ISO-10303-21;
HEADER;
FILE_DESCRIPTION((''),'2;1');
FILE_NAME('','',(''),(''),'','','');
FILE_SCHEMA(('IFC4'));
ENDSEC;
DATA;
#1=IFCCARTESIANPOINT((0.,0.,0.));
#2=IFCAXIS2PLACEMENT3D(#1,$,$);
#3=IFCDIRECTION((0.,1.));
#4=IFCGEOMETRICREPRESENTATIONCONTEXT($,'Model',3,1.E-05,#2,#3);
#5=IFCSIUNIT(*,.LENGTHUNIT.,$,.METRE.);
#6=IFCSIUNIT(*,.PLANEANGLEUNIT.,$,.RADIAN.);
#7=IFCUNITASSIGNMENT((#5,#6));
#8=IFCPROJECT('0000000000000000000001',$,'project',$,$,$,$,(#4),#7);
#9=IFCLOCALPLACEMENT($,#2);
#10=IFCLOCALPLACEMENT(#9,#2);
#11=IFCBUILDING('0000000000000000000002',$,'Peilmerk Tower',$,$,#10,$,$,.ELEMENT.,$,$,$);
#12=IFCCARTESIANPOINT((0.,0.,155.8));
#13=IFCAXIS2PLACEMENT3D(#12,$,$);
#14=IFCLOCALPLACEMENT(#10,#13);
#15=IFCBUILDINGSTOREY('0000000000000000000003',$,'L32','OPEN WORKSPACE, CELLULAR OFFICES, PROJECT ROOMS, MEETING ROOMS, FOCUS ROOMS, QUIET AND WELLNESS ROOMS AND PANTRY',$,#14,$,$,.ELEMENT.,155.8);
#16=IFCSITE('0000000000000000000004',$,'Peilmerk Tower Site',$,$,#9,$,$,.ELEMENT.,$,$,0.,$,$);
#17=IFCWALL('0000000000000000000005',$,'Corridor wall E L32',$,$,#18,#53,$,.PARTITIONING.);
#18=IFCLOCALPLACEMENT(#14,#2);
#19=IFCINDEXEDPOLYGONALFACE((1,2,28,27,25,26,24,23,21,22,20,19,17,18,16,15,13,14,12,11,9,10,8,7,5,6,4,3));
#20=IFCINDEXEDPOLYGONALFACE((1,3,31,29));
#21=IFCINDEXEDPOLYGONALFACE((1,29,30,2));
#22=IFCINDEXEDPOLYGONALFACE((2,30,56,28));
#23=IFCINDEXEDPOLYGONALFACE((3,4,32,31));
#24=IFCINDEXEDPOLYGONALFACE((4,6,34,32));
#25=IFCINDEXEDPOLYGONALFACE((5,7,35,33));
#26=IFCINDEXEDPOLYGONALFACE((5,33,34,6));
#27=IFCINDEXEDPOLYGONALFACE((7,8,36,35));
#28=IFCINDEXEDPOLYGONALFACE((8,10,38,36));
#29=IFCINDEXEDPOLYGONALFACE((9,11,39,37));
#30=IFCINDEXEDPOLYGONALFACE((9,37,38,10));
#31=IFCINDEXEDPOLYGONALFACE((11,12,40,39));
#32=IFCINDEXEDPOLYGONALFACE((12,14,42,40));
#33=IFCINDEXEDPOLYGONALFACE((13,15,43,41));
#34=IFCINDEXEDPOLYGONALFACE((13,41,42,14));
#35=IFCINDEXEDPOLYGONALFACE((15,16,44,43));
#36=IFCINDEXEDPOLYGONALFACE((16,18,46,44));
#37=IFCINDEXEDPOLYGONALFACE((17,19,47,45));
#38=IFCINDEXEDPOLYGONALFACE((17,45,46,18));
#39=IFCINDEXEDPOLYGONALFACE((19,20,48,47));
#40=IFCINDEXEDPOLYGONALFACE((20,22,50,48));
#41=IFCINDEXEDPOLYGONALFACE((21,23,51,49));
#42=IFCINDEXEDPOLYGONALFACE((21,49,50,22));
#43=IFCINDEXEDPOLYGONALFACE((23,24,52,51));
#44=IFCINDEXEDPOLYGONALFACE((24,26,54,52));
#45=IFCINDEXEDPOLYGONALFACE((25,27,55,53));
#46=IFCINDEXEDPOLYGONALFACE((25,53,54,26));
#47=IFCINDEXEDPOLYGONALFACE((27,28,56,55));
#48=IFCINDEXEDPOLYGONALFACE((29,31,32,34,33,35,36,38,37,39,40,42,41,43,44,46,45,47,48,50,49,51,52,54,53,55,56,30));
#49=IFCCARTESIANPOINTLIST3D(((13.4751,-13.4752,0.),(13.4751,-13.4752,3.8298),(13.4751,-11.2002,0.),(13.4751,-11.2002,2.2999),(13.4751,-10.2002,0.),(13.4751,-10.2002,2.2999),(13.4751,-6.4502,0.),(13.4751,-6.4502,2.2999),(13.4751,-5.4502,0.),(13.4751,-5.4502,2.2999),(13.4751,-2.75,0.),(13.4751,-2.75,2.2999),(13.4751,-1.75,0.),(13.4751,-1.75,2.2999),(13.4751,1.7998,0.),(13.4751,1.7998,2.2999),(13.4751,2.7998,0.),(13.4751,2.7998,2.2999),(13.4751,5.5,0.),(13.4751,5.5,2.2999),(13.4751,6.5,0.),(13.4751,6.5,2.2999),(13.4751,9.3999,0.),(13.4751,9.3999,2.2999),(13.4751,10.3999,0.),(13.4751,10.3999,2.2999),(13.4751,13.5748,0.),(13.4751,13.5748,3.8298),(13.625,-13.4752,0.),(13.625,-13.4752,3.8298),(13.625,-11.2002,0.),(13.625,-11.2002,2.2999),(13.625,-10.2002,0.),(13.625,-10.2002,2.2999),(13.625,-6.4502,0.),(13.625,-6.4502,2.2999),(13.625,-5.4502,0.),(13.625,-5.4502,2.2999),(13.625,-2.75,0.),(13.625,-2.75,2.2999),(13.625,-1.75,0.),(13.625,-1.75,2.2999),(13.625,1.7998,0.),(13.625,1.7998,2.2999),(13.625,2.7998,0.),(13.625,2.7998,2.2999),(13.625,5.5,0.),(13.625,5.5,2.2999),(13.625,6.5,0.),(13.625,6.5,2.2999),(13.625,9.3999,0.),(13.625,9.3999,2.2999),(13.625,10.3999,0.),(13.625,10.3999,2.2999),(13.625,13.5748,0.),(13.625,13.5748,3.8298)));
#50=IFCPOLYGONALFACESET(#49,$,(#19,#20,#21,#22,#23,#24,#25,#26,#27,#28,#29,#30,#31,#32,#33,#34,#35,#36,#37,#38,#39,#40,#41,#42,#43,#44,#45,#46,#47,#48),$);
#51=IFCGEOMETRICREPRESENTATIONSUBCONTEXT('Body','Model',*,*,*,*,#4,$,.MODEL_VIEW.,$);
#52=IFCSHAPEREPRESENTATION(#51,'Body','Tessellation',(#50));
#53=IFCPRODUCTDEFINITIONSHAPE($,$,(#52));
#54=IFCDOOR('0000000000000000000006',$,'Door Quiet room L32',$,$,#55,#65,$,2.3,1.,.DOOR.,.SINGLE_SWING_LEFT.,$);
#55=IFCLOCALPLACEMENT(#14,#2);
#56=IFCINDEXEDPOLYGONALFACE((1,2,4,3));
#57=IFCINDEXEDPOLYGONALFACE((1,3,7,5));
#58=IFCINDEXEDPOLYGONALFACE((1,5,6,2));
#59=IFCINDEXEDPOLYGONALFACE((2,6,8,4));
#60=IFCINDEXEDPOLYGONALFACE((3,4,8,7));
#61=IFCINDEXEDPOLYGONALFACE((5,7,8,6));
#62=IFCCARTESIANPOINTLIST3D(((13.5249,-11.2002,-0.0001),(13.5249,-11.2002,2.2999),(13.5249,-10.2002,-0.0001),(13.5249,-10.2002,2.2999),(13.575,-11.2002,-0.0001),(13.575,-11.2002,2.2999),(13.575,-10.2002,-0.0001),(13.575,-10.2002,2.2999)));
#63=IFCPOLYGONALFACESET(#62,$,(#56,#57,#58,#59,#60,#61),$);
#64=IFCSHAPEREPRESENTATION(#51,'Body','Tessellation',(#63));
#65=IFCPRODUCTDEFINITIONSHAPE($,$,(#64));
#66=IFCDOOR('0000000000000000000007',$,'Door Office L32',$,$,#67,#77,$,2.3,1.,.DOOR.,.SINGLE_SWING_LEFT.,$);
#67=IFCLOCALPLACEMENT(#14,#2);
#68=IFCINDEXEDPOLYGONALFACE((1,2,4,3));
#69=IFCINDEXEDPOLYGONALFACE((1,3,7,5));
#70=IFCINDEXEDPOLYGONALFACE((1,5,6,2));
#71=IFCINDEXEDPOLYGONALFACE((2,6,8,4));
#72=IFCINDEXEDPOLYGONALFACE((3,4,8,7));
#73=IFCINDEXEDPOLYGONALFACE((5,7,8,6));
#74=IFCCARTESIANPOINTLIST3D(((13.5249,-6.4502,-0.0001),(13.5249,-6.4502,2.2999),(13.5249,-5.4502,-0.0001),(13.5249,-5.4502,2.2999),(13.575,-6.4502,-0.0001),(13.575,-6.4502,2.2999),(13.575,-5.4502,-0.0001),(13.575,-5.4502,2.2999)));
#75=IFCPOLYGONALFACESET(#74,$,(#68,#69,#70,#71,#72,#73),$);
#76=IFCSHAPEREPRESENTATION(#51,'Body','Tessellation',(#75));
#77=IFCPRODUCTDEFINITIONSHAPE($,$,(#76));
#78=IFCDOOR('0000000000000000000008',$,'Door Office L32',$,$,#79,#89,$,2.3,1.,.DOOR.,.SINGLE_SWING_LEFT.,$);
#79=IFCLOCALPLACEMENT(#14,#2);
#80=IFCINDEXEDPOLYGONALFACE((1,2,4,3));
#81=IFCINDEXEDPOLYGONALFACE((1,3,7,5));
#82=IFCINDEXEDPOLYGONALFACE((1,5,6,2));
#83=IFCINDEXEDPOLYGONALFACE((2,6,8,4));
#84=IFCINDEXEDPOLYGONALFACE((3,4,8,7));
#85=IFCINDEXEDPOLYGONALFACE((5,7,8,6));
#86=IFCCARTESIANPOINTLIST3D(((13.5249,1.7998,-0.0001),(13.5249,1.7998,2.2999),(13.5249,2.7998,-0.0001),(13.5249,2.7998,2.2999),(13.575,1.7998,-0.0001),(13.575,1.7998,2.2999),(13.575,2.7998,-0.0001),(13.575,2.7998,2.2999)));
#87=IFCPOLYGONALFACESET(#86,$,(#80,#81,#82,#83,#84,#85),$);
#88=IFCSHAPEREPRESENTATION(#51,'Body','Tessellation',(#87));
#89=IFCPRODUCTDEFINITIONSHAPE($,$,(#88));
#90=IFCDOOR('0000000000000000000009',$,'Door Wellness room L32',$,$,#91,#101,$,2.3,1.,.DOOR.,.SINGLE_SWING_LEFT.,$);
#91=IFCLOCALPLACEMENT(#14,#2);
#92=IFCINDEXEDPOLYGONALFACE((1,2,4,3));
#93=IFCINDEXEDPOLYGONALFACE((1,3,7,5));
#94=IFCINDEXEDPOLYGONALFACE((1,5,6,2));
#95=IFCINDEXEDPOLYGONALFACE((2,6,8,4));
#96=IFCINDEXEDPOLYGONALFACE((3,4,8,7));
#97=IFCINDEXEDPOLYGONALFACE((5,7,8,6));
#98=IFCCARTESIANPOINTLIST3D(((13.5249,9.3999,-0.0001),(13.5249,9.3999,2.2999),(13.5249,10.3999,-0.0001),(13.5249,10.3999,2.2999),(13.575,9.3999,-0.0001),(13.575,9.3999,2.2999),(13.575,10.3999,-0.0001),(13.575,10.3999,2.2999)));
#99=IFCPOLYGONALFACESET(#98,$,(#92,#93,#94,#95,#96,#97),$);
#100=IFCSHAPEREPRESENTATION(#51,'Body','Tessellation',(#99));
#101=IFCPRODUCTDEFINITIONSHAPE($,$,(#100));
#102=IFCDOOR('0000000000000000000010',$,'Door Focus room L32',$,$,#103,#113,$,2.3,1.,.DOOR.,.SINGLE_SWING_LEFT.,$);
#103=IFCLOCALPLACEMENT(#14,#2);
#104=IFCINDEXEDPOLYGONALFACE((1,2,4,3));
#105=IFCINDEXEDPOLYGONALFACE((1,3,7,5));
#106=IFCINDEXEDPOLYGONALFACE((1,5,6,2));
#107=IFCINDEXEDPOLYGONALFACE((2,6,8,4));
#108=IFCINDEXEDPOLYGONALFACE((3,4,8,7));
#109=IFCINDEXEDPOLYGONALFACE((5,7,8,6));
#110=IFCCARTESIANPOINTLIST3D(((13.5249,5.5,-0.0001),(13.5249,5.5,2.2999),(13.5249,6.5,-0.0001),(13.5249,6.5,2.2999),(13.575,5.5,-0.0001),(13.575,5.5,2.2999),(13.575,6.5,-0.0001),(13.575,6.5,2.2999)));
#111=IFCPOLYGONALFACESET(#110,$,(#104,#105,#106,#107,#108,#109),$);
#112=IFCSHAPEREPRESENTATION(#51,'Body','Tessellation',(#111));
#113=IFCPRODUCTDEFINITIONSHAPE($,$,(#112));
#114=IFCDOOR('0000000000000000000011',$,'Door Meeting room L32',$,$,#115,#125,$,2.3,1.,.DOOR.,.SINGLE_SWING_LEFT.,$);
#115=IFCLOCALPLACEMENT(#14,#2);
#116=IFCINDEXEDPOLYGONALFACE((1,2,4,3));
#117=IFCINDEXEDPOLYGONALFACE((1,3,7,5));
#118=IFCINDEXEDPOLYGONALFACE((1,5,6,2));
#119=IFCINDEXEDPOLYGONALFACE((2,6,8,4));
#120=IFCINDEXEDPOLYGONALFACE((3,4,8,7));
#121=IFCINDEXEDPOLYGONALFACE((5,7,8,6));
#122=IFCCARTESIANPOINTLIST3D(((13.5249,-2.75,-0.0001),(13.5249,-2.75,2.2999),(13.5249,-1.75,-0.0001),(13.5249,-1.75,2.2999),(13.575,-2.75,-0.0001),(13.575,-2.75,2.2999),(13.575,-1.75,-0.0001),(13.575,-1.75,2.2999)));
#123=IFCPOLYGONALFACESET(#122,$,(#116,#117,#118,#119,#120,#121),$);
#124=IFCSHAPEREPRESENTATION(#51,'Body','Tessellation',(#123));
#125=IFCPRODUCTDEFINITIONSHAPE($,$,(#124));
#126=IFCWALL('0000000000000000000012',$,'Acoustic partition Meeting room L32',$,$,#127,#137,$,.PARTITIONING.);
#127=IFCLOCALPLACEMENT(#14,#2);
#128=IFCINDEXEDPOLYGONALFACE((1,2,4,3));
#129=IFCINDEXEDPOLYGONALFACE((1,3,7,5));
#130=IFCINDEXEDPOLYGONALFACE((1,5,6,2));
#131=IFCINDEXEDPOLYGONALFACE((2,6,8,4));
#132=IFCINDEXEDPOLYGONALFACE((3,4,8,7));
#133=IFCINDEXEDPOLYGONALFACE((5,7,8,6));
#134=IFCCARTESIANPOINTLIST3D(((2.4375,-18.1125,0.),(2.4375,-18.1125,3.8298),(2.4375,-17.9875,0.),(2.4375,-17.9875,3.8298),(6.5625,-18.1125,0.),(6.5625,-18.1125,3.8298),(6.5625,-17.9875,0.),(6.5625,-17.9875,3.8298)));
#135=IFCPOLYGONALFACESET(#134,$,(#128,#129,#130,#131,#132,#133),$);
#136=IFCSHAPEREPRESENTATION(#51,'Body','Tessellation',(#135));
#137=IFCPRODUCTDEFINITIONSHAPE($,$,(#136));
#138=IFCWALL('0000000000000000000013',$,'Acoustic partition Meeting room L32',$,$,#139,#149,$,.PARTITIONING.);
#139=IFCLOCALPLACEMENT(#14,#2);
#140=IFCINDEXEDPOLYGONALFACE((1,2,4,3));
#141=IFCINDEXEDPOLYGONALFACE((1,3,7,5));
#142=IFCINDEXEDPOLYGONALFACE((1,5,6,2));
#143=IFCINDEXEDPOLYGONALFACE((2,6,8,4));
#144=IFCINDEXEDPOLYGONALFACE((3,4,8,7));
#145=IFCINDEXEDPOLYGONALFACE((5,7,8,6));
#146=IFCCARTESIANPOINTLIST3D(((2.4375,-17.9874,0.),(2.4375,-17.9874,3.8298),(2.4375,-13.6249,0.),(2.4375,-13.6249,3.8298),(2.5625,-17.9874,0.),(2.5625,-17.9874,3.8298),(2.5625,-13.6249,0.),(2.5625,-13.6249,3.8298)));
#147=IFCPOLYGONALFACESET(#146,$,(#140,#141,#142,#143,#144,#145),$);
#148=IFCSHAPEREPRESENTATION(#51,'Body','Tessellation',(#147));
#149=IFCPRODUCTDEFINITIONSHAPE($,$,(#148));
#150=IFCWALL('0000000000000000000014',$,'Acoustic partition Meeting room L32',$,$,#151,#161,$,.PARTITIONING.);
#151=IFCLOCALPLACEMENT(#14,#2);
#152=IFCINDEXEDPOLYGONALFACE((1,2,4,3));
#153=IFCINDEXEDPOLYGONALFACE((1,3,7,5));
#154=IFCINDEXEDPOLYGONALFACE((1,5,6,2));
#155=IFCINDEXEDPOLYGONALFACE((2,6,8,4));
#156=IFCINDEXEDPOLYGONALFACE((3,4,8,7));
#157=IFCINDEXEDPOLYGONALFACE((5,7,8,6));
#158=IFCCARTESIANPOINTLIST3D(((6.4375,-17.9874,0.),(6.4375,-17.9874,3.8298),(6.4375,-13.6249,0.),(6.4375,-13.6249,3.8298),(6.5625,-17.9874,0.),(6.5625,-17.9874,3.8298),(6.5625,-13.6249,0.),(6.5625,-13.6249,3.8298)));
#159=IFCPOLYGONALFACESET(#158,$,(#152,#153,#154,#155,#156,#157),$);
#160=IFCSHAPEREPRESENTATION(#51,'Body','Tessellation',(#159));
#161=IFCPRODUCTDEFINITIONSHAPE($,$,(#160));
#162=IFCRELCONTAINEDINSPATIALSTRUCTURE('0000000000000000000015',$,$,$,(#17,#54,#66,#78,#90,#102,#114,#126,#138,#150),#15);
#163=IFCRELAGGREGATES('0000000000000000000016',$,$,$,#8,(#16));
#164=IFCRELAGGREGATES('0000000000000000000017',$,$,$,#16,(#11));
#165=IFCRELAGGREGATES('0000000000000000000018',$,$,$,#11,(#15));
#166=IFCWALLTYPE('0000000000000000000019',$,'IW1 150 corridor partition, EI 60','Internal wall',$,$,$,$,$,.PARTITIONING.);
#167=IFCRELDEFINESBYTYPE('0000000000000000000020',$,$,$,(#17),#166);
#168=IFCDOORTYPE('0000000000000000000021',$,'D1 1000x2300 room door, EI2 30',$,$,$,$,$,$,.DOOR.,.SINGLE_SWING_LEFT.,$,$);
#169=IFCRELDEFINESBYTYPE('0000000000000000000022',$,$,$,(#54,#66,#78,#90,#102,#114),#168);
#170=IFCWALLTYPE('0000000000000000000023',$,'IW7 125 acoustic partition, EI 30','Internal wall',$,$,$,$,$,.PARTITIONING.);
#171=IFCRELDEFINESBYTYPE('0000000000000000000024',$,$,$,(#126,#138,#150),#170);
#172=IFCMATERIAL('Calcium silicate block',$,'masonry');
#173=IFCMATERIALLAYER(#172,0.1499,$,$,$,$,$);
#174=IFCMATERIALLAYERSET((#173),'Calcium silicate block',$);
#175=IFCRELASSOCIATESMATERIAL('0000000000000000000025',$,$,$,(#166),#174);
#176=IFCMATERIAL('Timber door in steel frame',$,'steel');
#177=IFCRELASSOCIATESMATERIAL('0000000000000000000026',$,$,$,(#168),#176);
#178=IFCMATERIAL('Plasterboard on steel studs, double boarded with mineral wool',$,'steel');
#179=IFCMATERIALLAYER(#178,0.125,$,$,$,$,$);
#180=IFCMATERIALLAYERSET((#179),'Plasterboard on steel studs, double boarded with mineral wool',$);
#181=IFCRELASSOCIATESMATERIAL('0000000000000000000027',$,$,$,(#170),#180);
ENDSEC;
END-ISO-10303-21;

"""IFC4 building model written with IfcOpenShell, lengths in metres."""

from ifc_helpers import new_model, si_unit, direction, frame, frame_2d, origin, place, context, subcontext, project, spatial, rectangle, extrude, material, layer, layer_set, type_object, element, fill, save


model = new_model("IFC4")

# Units and contexts
model_context = context("Model", 3, precision=1e-05, world=origin(), true_north=direction((0.0, 1.0)))
body_context = subcontext(model_context, "Body", "Model", "MODEL_VIEW")
ifc_project = project(units=[si_unit("LENGTHUNIT", "METRE"), si_unit("PLANEANGLEUNIT", "RADIAN")], contexts=[model_context])

# Site, building, storey
site_placement = place(None, origin())
site = spatial("IfcSite", under=ifc_project, at=site_placement, Name="Peilmerk Tower Site", CompositionType="ELEMENT", RefElevation=0.0)
building_placement = place(site_placement, origin())
building = spatial("IfcBuilding", under=site, at=building_placement, Name="Peilmerk Tower", CompositionType="ELEMENT")
storey_placement = place(building_placement, frame((0.0, 0.0, 155.8)))
storey = spatial("IfcBuildingStorey", under=building, at=storey_placement, Name="L32", Description="OPEN WORKSPACE, CELLULAR OFFICES, PROJECT ROOMS, MEETING ROOMS, FOCUS ROOMS, QUIET AND WELLNESS ROOMS AND PANTRY", CompositionType="ELEMENT", Elevation=155.8)

# Wall, openings, doors
ifc_material_1 = material(Name="Calcium silicate block", Category="masonry")
ifc_layer_1 = layer(ifc_material_1, 0.1499)
ifc_layer_set_1 = layer_set([ifc_layer_1], Name="Calcium silicate block")
wall_type_1 = type_object("IfcWallType", Name="IW1 150 corridor partition, EI 60", Description="Internal wall", PredefinedType="PARTITIONING", material=ifc_layer_set_1)
ifc_material_2 = material(Name="Timber door in steel frame", Category="steel")
door_type = type_object("IfcDoorType", Name="D1 1000x2300 room door, EI2 30", OperationType="SINGLE_SWING_LEFT", PredefinedType="DOOR", material=ifc_material_2)
wall_1_placement = place(storey_placement, frame((13.55, -13.4751, 0.0), z_axis=(0.0, 0.0, 1.0), x_axis=(0.0, 1.0, 0.0)))
wall_1 = element("IfcWall", 1, at=wall_1_placement, inside=storey, type_object=wall_type_1, Name="Corridor wall E L32", PredefinedType="PARTITIONING", context=body_context, shape_type="SweptSolid", body=[
    extrude(rectangle(XDim=27.05, YDim=0.1499, at=frame_2d((13.5249, 0.0))), origin(), (0.0, 0.0, 1.0), 3.8298),
])
opening_1_placement = place(wall_1_placement, frame((2.2749, 0.0, 0.0)))
opening_1 = element("IfcOpeningElement", 2, at=opening_1_placement, cuts=wall_1, PredefinedType="OPENING", context=body_context, shape_type="SweptSolid", body=[
    extrude(rectangle(XDim=1.0, YDim=2.3, at=frame_2d((0.5, 1.1499))), frame((0.0, 0.085, 0.0), z_axis=(0.0, -1.0, 0.0), x_axis=(1.0, 0.0, 0.0)), (0.0, 0.0, 1.0), 0.1699),
])
opening_2_placement = place(wall_1_placement, frame((7.0249, 0.0, 0.0)))
opening_2 = element("IfcOpeningElement", 3, at=opening_2_placement, cuts=wall_1, PredefinedType="OPENING", context=body_context, shape_type="SweptSolid", body=[
    extrude(rectangle(XDim=1.0, YDim=2.3, at=frame_2d((0.5, 1.1499))), frame((0.0, 0.085, 0.0), z_axis=(0.0, -1.0, 0.0), x_axis=(1.0, 0.0, 0.0)), (0.0, 0.0, 1.0), 0.1699),
])
opening_3_placement = place(wall_1_placement, frame((15.2749, 0.0, 0.0)))
opening_3 = element("IfcOpeningElement", 4, at=opening_3_placement, cuts=wall_1, PredefinedType="OPENING", context=body_context, shape_type="SweptSolid", body=[
    extrude(rectangle(XDim=1.0, YDim=2.3, at=frame_2d((0.5, 1.1499))), frame((0.0, 0.085, 0.0), z_axis=(0.0, -1.0, 0.0), x_axis=(1.0, 0.0, 0.0)), (0.0, 0.0, 1.0), 0.1699),
])
opening_4_placement = place(wall_1_placement, frame((22.875, 0.0, 0.0)))
opening_4 = element("IfcOpeningElement", 5, at=opening_4_placement, cuts=wall_1, PredefinedType="OPENING", context=body_context, shape_type="SweptSolid", body=[
    extrude(rectangle(XDim=1.0, YDim=2.3, at=frame_2d((0.5, 1.1499))), frame((0.0, 0.085, 0.0), z_axis=(0.0, -1.0, 0.0), x_axis=(1.0, 0.0, 0.0)), (0.0, 0.0, 1.0), 0.1699),
])
opening_5_placement = place(wall_1_placement, frame((18.9751, 0.0, 0.0)))
opening_5 = element("IfcOpeningElement", 6, at=opening_5_placement, cuts=wall_1, PredefinedType="OPENING", context=body_context, shape_type="SweptSolid", body=[
    extrude(rectangle(XDim=1.0, YDim=2.3, at=frame_2d((0.5, 1.1499))), frame((0.0, 0.085, 0.0), z_axis=(0.0, -1.0, 0.0), x_axis=(1.0, 0.0, 0.0)), (0.0, 0.0, 1.0), 0.1699),
])
opening_6_placement = place(wall_1_placement, frame((10.7251, 0.0, 0.0)))
opening_6 = element("IfcOpeningElement", 7, at=opening_6_placement, cuts=wall_1, PredefinedType="OPENING", context=body_context, shape_type="SweptSolid", body=[
    extrude(rectangle(XDim=1.0, YDim=2.3, at=frame_2d((0.5, 1.1499))), frame((0.0, 0.085, 0.0), z_axis=(0.0, -1.0, 0.0), x_axis=(1.0, 0.0, 0.0)), (0.0, 0.0, 1.0), 0.1699),
])
door_1_placement = place(opening_1_placement, frame((1.0, 0.0, 0.0), z_axis=(0.0, 0.0, 1.0), x_axis=(-1.0, 0.0, 0.0)))
door_1 = element("IfcDoor", 8, at=door_1_placement, inside=storey, type_object=door_type, Name="Door Quiet room L32", OperationType="SINGLE_SWING_LEFT", OverallHeight=2.3, OverallWidth=1.0, PredefinedType="DOOR", context=body_context, shape_type="SweptSolid", body=[
    extrude(rectangle(XDim=1.0, YDim=2.3, at=frame_2d((0.5, 1.1499))), frame((0.0, 0.0249, 0.0), z_axis=(0.0, -1.0, 0.0), x_axis=(1.0, 0.0, 0.0)), (0.0, 0.0, 1.0), 0.05),
])
fill(opening_1, door_1)
door_2_placement = place(opening_2_placement, frame((1.0, 0.0, 0.0), z_axis=(0.0, 0.0, 1.0), x_axis=(-1.0, 0.0, 0.0)))
door_2 = element("IfcDoor", 9, at=door_2_placement, inside=storey, type_object=door_type, Name="Door Office L32", OperationType="SINGLE_SWING_LEFT", OverallHeight=2.3, OverallWidth=1.0, PredefinedType="DOOR", context=body_context, shape_type="SweptSolid", body=[
    extrude(rectangle(XDim=1.0, YDim=2.3, at=frame_2d((0.5, 1.1499))), frame((0.0, 0.0249, 0.0), z_axis=(0.0, -1.0, 0.0), x_axis=(1.0, 0.0, 0.0)), (0.0, 0.0, 1.0), 0.05),
])
fill(opening_2, door_2)
door_3_placement = place(opening_3_placement, frame((1.0, 0.0, 0.0), z_axis=(0.0, 0.0, 1.0), x_axis=(-1.0, 0.0, 0.0)))
door_3 = element("IfcDoor", 10, at=door_3_placement, inside=storey, type_object=door_type, Name="Door Office L32", OperationType="SINGLE_SWING_LEFT", OverallHeight=2.3, OverallWidth=1.0, PredefinedType="DOOR", context=body_context, shape_type="SweptSolid", body=[
    extrude(rectangle(XDim=1.0, YDim=2.3, at=frame_2d((0.5, 1.1499))), frame((0.0, 0.0249, 0.0), z_axis=(0.0, -1.0, 0.0), x_axis=(1.0, 0.0, 0.0)), (0.0, 0.0, 1.0), 0.05),
])
fill(opening_3, door_3)
door_4_placement = place(opening_4_placement, frame((1.0, 0.0, 0.0), z_axis=(0.0, 0.0, 1.0), x_axis=(-1.0, 0.0, 0.0)))
door_4 = element("IfcDoor", 11, at=door_4_placement, inside=storey, type_object=door_type, Name="Door Wellness room L32", OperationType="SINGLE_SWING_LEFT", OverallHeight=2.3, OverallWidth=1.0, PredefinedType="DOOR", context=body_context, shape_type="SweptSolid", body=[
    extrude(rectangle(XDim=1.0, YDim=2.3, at=frame_2d((0.5, 1.1499))), frame((0.0, 0.0249, 0.0), z_axis=(0.0, -1.0, 0.0), x_axis=(1.0, 0.0, 0.0)), (0.0, 0.0, 1.0), 0.05),
])
fill(opening_4, door_4)
door_5_placement = place(opening_5_placement, frame((1.0, 0.0, 0.0), z_axis=(0.0, 0.0, 1.0), x_axis=(-1.0, 0.0, 0.0)))
door_5 = element("IfcDoor", 12, at=door_5_placement, inside=storey, type_object=door_type, Name="Door Focus room L32", OperationType="SINGLE_SWING_LEFT", OverallHeight=2.3, OverallWidth=1.0, PredefinedType="DOOR", context=body_context, shape_type="SweptSolid", body=[
    extrude(rectangle(XDim=1.0, YDim=2.3, at=frame_2d((0.5, 1.1499))), frame((0.0, 0.0249, 0.0), z_axis=(0.0, -1.0, 0.0), x_axis=(1.0, 0.0, 0.0)), (0.0, 0.0, 1.0), 0.05),
])
fill(opening_5, door_5)
door_6_placement = place(opening_6_placement, frame((1.0, 0.0, 0.0), z_axis=(0.0, 0.0, 1.0), x_axis=(-1.0, 0.0, 0.0)))
door_6 = element("IfcDoor", 13, at=door_6_placement, inside=storey, type_object=door_type, Name="Door Meeting room L32", OperationType="SINGLE_SWING_LEFT", OverallHeight=2.3, OverallWidth=1.0, PredefinedType="DOOR", context=body_context, shape_type="SweptSolid", body=[
    extrude(rectangle(XDim=1.0, YDim=2.3, at=frame_2d((0.5, 1.1499))), frame((0.0, 0.0249, 0.0), z_axis=(0.0, -1.0, 0.0), x_axis=(1.0, 0.0, 0.0)), (0.0, 0.0, 1.0), 0.05),
])
fill(opening_6, door_6)

# Walls
ifc_material_3 = material(Name="Plasterboard on steel studs, double boarded with mineral wool", Category="steel")
ifc_layer_2 = layer(ifc_material_3, 0.125)
ifc_layer_set_2 = layer_set([ifc_layer_2], Name="Plasterboard on steel studs, double boarded with mineral wool")
wall_type_2 = type_object("IfcWallType", Name="IW7 125 acoustic partition, EI 30", Description="Internal wall", PredefinedType="PARTITIONING", material=ifc_layer_set_2)
wall_2_placement = place(storey_placement, frame((2.4375, -18.05, 0.0), z_axis=(0.0, 0.0, 1.0), x_axis=(1.0, 0.0, 0.0)))
element("IfcWall", 14, at=wall_2_placement, inside=storey, type_object=wall_type_2, Name="Acoustic partition Meeting room L32", PredefinedType="PARTITIONING", context=body_context, shape_type="SweptSolid", body=[
    extrude(rectangle(XDim=4.125, YDim=0.125, at=frame_2d((2.0625, 0.0))), origin(), (0.0, 0.0, 1.0), 3.8298),
])
for number, where, z_axis, x_axis, name in (
    (15, (2.5, -13.625, 0.0), (0.0, 0.0, 1.0), (0.0, -1.0, 0.0), "Acoustic partition Meeting room L32"),
    (16, (6.5, -13.625, 0.0), (0.0, 0.0, 1.0), (0.0, -1.0, 0.0), "Acoustic partition Meeting room L32"),
):
    element("IfcWall", number, at=place(storey_placement, frame(where, z_axis=z_axis, x_axis=x_axis)), inside=storey, type_object=wall_type_2, Name=name, PredefinedType="PARTITIONING", context=body_context, shape_type="SweptSolid", body=[
        extrude(rectangle(XDim=4.3625, YDim=0.125, at=frame_2d((2.1812, 0.0))), origin(), (0.0, 0.0, 1.0), 3.8298),
    ])

save(model, "model.ifc")
